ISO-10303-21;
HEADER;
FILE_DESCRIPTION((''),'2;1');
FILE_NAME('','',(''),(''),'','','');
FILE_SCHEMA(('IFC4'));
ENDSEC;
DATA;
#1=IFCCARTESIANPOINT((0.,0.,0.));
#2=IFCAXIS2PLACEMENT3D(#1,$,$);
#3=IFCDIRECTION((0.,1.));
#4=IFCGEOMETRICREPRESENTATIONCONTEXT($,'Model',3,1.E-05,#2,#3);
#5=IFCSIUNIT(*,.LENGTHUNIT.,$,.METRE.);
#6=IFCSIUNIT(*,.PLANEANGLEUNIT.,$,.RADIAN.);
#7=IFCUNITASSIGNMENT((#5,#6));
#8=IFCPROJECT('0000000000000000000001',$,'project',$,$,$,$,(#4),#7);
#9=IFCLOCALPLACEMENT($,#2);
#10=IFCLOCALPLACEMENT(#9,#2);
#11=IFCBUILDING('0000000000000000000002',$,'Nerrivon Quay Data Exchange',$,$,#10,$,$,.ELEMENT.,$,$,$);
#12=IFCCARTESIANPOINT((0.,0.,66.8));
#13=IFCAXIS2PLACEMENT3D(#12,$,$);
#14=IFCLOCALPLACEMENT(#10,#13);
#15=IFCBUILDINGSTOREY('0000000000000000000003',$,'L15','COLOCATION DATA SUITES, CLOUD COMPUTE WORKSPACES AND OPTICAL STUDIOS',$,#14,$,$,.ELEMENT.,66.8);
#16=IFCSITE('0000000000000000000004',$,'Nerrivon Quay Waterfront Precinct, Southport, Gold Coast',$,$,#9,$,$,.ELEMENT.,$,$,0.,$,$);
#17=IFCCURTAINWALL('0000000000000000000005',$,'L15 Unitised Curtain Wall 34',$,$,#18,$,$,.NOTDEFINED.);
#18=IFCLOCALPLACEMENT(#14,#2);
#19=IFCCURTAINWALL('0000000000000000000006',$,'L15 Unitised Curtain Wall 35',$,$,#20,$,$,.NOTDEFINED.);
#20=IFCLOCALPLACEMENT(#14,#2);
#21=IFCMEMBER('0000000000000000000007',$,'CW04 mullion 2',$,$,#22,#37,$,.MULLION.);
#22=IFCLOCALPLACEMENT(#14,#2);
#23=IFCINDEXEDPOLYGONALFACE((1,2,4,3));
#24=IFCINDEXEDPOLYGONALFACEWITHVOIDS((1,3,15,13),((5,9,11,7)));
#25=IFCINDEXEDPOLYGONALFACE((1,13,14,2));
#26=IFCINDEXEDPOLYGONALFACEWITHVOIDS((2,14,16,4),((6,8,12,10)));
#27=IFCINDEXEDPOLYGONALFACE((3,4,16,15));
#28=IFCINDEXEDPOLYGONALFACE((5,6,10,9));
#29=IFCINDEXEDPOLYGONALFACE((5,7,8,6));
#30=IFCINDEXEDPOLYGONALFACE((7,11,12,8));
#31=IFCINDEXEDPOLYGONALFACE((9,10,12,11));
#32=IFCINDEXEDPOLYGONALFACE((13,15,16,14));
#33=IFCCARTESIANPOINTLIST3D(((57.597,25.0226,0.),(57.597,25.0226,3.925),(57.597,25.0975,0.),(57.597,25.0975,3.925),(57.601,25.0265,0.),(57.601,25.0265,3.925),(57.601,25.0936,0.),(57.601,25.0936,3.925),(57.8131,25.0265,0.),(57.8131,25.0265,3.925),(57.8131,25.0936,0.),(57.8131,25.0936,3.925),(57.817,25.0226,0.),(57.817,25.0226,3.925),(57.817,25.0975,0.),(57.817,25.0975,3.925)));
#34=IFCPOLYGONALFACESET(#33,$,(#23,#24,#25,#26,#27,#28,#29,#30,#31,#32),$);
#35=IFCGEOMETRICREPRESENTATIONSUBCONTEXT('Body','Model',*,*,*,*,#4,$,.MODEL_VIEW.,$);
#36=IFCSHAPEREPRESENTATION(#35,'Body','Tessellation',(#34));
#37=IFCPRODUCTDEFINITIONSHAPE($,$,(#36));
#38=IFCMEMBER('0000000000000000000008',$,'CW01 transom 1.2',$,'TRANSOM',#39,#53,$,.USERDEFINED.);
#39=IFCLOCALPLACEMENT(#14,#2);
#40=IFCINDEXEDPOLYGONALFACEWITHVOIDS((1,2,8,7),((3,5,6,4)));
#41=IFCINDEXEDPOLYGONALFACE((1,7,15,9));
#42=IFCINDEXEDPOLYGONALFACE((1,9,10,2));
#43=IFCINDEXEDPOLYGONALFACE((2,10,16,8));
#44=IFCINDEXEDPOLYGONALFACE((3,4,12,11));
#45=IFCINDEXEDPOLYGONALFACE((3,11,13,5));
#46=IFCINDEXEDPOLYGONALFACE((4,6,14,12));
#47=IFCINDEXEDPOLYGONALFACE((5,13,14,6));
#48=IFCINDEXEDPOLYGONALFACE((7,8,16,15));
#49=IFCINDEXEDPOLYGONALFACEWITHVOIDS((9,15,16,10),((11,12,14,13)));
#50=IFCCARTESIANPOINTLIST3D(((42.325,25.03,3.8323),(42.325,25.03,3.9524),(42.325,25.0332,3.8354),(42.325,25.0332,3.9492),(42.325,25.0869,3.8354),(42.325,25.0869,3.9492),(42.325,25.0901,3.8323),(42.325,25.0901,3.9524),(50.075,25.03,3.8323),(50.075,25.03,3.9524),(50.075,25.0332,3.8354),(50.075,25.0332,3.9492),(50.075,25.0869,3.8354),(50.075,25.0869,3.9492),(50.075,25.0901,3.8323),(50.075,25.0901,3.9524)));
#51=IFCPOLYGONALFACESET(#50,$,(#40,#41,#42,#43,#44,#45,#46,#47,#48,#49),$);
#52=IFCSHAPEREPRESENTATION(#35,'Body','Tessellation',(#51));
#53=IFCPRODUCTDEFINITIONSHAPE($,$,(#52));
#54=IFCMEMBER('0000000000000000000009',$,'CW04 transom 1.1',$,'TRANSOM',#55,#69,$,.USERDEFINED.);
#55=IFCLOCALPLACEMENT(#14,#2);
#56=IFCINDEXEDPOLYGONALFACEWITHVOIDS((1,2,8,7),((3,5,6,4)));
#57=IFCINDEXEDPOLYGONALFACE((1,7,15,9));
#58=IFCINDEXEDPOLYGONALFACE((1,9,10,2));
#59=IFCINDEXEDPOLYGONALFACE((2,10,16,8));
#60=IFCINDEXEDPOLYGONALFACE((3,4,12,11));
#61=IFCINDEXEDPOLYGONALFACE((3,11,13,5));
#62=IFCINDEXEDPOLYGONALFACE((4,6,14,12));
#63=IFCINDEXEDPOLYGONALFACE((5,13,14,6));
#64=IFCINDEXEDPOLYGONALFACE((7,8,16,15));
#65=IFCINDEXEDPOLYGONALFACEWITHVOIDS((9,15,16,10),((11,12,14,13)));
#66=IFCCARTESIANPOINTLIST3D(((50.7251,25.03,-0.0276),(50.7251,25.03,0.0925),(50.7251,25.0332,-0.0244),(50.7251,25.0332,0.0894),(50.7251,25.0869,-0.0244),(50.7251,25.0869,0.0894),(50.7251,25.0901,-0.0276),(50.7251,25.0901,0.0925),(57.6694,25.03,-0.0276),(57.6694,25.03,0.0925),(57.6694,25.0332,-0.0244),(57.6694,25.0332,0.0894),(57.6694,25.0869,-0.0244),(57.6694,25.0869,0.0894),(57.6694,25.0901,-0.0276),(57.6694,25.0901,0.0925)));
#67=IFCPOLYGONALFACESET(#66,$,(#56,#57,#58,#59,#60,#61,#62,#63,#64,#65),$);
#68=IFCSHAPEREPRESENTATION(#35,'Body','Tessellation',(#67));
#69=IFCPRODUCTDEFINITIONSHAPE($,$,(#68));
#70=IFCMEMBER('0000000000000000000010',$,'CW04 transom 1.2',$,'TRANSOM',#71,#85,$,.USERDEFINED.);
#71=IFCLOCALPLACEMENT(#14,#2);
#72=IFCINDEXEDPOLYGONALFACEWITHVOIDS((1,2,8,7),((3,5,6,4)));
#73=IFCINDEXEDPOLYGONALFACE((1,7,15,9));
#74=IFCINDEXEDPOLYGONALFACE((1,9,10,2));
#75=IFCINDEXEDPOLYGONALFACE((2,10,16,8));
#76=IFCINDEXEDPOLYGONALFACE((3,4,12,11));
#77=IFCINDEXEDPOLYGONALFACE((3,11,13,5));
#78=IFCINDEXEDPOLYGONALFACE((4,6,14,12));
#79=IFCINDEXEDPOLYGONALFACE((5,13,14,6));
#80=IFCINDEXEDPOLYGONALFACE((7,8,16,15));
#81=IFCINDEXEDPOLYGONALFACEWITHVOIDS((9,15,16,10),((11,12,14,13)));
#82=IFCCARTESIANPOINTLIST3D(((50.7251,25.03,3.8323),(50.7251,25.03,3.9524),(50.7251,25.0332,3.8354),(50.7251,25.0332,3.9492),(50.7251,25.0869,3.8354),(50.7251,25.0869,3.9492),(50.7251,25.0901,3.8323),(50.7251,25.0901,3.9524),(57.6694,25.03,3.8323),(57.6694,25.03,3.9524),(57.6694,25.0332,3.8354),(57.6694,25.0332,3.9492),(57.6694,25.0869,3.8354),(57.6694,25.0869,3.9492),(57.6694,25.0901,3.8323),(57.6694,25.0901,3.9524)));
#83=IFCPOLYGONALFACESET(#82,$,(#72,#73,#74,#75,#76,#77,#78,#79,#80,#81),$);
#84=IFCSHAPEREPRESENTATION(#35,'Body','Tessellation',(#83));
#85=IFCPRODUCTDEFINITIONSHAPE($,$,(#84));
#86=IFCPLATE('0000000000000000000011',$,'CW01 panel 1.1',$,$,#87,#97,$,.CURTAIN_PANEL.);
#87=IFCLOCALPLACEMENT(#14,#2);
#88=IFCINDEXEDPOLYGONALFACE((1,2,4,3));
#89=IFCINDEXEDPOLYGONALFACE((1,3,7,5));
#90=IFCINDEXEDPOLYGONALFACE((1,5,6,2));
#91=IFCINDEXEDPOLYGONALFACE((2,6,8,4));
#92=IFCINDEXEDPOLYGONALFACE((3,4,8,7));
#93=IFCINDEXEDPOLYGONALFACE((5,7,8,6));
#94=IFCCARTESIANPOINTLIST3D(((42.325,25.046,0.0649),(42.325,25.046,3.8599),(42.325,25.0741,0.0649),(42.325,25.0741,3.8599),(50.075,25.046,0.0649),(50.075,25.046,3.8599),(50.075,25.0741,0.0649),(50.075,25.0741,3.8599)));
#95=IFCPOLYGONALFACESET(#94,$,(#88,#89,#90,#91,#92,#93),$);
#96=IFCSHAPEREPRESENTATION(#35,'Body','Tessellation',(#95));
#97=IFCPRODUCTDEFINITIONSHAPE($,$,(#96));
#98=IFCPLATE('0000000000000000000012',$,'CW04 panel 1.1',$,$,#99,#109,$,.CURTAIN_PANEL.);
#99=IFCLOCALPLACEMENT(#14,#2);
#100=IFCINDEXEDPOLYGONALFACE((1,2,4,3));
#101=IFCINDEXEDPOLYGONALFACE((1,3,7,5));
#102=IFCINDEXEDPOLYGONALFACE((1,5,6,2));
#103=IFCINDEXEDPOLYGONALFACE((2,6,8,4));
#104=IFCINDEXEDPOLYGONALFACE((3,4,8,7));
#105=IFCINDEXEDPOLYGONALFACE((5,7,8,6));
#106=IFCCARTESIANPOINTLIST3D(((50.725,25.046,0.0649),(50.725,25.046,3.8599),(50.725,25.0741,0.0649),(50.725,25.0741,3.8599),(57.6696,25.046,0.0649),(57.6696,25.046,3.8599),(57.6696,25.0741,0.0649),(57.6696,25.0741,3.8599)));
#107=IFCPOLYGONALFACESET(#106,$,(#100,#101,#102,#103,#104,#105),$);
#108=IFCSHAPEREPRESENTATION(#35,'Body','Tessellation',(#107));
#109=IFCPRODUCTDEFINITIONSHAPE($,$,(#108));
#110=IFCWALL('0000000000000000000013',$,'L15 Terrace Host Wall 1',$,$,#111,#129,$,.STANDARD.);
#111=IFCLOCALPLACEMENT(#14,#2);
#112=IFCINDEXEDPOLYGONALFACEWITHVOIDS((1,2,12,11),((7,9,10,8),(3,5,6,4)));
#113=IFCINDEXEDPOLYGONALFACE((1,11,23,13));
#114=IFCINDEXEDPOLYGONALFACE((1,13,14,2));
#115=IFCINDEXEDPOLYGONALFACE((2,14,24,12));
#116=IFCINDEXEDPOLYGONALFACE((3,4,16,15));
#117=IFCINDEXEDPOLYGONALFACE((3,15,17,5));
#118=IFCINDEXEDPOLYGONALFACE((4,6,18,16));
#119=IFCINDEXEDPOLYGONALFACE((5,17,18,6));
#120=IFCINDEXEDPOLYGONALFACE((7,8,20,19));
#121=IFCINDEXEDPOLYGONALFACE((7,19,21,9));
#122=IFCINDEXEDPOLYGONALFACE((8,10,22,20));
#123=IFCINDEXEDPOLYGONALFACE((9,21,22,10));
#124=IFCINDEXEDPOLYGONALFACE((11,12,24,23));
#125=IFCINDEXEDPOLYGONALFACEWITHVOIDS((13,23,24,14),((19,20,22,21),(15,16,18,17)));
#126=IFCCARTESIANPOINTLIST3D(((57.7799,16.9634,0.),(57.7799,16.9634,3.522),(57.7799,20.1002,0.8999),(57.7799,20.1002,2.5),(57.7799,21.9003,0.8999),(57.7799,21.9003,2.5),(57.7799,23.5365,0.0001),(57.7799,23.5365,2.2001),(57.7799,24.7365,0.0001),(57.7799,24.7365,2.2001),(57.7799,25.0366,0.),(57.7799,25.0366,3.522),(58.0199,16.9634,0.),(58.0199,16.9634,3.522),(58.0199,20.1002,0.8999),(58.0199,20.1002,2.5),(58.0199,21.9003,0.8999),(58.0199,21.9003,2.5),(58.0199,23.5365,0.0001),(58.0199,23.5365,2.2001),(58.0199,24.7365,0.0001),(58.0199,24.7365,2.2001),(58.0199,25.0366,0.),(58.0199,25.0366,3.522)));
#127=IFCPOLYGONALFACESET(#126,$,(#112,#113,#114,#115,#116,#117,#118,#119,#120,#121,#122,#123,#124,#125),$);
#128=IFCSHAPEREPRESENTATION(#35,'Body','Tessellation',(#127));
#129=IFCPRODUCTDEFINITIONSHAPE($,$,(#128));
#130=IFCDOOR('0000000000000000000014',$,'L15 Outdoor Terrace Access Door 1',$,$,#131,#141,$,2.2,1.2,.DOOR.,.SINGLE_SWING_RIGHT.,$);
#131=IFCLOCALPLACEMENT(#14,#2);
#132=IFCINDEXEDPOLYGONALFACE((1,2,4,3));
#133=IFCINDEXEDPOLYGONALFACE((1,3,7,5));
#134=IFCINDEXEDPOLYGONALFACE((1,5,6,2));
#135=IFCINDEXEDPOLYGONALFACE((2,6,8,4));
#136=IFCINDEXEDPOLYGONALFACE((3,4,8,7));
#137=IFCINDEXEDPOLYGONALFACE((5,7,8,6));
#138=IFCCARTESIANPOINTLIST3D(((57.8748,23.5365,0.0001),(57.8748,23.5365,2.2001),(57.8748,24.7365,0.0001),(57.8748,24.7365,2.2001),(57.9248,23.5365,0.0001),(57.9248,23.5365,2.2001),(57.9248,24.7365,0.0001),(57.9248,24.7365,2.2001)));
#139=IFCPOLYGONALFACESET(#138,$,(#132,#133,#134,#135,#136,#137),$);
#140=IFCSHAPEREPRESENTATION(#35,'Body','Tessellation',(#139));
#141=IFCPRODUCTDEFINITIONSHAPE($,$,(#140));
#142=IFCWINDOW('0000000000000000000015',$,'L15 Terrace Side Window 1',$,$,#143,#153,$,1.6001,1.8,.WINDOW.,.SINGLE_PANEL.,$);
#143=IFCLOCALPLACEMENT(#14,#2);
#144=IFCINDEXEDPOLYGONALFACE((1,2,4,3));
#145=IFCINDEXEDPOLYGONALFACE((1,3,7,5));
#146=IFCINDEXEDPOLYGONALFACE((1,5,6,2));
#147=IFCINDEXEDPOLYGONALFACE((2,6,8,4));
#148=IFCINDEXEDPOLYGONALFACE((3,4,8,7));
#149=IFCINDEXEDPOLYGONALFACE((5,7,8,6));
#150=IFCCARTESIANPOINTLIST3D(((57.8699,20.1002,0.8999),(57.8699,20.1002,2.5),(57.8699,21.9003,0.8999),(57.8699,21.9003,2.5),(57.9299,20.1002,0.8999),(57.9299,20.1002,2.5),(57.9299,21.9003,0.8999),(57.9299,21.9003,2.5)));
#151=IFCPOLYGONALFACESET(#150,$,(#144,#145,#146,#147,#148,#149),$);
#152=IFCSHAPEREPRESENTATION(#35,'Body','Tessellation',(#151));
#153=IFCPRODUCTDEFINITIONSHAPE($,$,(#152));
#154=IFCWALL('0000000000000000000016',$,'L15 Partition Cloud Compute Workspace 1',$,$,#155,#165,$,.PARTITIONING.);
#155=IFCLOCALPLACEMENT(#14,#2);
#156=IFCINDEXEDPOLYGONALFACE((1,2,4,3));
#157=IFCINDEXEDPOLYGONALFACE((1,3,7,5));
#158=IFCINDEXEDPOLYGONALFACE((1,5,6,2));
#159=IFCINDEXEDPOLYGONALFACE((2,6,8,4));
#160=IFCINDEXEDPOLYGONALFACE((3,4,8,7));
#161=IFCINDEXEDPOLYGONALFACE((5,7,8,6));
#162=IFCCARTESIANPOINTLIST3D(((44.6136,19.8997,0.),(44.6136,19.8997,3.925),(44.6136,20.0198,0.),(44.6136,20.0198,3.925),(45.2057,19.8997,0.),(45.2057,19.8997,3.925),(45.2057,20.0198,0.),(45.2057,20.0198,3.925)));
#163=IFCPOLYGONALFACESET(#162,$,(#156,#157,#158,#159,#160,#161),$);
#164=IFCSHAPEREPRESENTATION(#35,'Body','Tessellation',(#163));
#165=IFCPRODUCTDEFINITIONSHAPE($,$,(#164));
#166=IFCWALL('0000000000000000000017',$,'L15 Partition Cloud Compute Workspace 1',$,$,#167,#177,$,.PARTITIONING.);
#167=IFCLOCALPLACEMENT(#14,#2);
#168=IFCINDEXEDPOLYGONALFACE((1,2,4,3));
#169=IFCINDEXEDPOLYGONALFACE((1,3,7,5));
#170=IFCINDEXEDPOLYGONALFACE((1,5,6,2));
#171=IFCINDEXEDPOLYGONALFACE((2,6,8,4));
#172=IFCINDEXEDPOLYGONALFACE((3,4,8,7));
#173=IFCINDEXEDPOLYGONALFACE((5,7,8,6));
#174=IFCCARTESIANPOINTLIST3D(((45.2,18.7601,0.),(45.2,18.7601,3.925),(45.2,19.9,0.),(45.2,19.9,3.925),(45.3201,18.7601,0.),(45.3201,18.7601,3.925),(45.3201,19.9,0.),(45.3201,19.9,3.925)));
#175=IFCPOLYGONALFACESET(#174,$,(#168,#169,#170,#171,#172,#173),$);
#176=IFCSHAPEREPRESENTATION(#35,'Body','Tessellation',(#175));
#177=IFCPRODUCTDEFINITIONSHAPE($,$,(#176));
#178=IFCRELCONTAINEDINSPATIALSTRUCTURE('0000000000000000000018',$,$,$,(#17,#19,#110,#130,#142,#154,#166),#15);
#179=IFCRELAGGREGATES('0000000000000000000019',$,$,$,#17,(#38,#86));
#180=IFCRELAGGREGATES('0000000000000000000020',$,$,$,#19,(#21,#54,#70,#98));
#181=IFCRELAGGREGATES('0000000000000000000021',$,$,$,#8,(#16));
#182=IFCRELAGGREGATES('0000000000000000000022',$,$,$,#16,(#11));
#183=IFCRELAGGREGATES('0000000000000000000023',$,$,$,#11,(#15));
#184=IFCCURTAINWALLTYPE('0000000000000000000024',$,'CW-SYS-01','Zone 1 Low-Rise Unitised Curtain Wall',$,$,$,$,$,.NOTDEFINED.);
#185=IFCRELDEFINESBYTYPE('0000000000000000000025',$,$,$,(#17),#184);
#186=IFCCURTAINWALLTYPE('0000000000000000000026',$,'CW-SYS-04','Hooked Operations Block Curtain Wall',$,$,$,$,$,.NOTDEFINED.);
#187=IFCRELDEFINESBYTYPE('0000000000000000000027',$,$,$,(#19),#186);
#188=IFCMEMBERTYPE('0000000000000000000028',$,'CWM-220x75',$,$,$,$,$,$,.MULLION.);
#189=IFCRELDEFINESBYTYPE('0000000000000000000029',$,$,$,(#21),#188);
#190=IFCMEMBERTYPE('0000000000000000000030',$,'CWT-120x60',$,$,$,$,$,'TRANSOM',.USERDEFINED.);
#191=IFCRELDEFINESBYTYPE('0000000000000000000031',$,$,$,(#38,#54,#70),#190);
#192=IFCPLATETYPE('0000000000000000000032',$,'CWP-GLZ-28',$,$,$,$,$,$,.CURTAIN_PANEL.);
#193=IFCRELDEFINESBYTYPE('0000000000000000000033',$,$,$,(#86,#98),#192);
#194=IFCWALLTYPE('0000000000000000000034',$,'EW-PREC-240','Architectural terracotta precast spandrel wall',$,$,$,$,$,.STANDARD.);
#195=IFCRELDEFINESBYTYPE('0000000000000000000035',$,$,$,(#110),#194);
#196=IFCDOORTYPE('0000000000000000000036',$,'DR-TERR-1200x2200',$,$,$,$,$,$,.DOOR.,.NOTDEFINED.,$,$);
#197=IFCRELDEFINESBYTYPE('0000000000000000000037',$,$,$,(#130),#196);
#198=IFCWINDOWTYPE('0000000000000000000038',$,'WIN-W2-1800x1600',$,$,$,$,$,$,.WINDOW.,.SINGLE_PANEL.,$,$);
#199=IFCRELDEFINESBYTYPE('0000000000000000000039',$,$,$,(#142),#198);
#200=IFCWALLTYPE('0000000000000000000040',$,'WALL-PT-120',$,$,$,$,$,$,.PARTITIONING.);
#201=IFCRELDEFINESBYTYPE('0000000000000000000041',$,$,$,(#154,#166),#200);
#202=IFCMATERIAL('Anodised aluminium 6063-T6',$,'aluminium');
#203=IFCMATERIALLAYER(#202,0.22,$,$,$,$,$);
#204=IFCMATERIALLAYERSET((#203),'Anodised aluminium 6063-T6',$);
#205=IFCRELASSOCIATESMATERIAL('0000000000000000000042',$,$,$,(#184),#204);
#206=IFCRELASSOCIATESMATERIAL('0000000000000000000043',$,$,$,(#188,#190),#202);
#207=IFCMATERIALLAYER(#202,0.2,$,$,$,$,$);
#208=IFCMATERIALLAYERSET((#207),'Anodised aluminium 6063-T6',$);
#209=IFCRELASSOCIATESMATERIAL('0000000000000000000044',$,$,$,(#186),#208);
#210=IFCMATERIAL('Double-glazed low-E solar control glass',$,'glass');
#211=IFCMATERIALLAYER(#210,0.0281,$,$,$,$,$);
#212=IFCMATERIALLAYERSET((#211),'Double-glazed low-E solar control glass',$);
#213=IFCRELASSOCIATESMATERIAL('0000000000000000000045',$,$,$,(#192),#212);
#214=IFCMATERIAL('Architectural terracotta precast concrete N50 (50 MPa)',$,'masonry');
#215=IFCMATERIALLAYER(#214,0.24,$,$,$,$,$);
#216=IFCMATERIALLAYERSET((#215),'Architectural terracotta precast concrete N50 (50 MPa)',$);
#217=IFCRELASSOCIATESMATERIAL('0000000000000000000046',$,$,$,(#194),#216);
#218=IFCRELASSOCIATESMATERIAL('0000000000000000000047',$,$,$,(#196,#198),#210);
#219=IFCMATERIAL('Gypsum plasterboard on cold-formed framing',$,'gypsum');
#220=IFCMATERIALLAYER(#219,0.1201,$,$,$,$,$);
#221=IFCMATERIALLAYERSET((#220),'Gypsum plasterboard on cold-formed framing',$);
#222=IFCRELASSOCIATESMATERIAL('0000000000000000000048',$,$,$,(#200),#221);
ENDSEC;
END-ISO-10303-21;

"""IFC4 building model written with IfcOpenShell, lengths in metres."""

from ifc_helpers import new_model, si_unit, direction, frame, frame_2d, origin, origin_2d, place, context, subcontext, project, spatial, rectangle, hollow_rectangle, extrude, material, layer, layer_set, material_profile, profile_set, type_object, element, fill, aggregate, save


model = new_model("IFC4")

# Units and contexts
model_context = context("Model", 3, precision=1e-05, world=origin(), true_north=direction((0.0, 1.0)))
body_context = subcontext(model_context, "Body", "Model", "MODEL_VIEW")
ifc_project = project(units=[si_unit("LENGTHUNIT", "METRE"), si_unit("PLANEANGLEUNIT", "RADIAN")], contexts=[model_context])

# Site, building, storey
site_placement = place(None, origin())
site = spatial("IfcSite", under=ifc_project, at=site_placement, Name="Nerrivon Quay Waterfront Precinct, Southport, Gold Coast", CompositionType="ELEMENT", RefElevation=0.0)
building_placement = place(site_placement, origin())
building = spatial("IfcBuilding", under=site, at=building_placement, Name="Nerrivon Quay Data Exchange", CompositionType="ELEMENT")
storey_placement = place(building_placement, frame((0.0, 0.0, 66.8)))
storey = spatial("IfcBuildingStorey", under=building, at=storey_placement, Name="L15", Description="COLOCATION DATA SUITES, CLOUD COMPUTE WORKSPACES AND OPTICAL STUDIOS", CompositionType="ELEMENT", Elevation=66.8)

# Curtain wall
ifc_material_1 = material(Name="Anodised aluminium 6063-T6", Category="aluminium")
ifc_layer_1 = layer(ifc_material_1, 0.22)
ifc_layer_set_1 = layer_set([ifc_layer_1], Name="Anodised aluminium 6063-T6")
curtain_wall_type_1 = type_object("IfcCurtainWallType", Name="CW-SYS-01", Description="Zone 1 Low-Rise Unitised Curtain Wall", PredefinedType="NOTDEFINED", material=ifc_layer_set_1)
curtain_wall_1_placement = place(storey_placement, origin())
curtain_wall_1 = element("IfcCurtainWall", 1, at=curtain_wall_1_placement, inside=storey, type_object=curtain_wall_type_1, Name="L15 Unitised Curtain Wall 34", PredefinedType="NOTDEFINED")
ifc_material_profile_1 = material_profile(ifc_material_1, hollow_rectangle(XDim=0.075, YDim=0.22, WallThickness=0.0039, at=origin_2d()), Name="ALU-MULL-220x75")
ifc_profile_set_1 = profile_set([ifc_material_profile_1], Name="Anodised aluminium 6063-T6")
member_type_1 = type_object("IfcMemberType", Name="CWM-220x75", PredefinedType="MULLION", material=ifc_profile_set_1)

# Curtain wall, member
ifc_layer_2 = layer(ifc_material_1, 0.2)
ifc_layer_set_2 = layer_set([ifc_layer_2], Name="Anodised aluminium 6063-T6")
curtain_wall_type_2 = type_object("IfcCurtainWallType", Name="CW-SYS-04", Description="Hooked Operations Block Curtain Wall", PredefinedType="NOTDEFINED", material=ifc_layer_set_2)
curtain_wall_2_placement = place(storey_placement, origin())
curtain_wall_2 = element("IfcCurtainWall", 2, at=curtain_wall_2_placement, inside=storey, type_object=curtain_wall_type_2, Name="L15 Unitised Curtain Wall 35", PredefinedType="NOTDEFINED")
member_1_placement = place(storey_placement, frame((57.707, 25.0601, 0.0), z_axis=(0.0, 0.0, 1.0), x_axis=(0.0, 1.0, 0.0)))
member_1 = element("IfcMember", 3, at=member_1_placement, type_object=member_type_1, Name="CW04 mullion 2", PredefinedType="MULLION", context=body_context, shape_type="SweptSolid", body=[
    extrude(hollow_rectangle(XDim=0.075, YDim=0.22, WallThickness=0.0039, at=origin_2d()), origin(), (0.0, 0.0, 1.0), 3.925),
])

# Members
ifc_material_profile_2 = material_profile(ifc_material_1, hollow_rectangle(XDim=0.0601, YDim=0.1201, WallThickness=0.0032, at=origin_2d()), Name="ALU-TRAN-120x60")
ifc_profile_set_2 = profile_set([ifc_material_profile_2], Name="Anodised aluminium 6063-T6")
member_type_2 = type_object("IfcMemberType", Name="CWT-120x60", ElementType="TRANSOM", PredefinedType="USERDEFINED", material=ifc_profile_set_2)
member_2_placement = place(storey_placement, frame((42.325, 25.0601, 3.8923), z_axis=(1.0, 0.0, 0.0), x_axis=(0.0, 1.0, 0.0)))
member_2 = element("IfcMember", 4, at=member_2_placement, type_object=member_type_2, Name="CW01 transom 1.2", ObjectType="TRANSOM", PredefinedType="USERDEFINED", context=body_context, shape_type="SweptSolid", body=[
    extrude(hollow_rectangle(XDim=0.0601, YDim=0.1201, WallThickness=0.0032, at=origin_2d()), origin(), (0.0, 0.0, 1.0), 7.75),
])
member_3_placement = place(storey_placement, frame((50.7251, 25.0601, 0.0325), z_axis=(1.0, 0.0, 0.0), x_axis=(0.0, 1.0, 0.0)))
member_3 = element("IfcMember", 5, at=member_3_placement, type_object=member_type_2, Name="CW04 transom 1.1", ObjectType="TRANSOM", PredefinedType="USERDEFINED", context=body_context, shape_type="SweptSolid", body=[
    extrude(hollow_rectangle(XDim=0.0601, YDim=0.1201, WallThickness=0.0032, at=origin_2d()), origin(), (0.0, 0.0, 1.0), 6.9443),
])
member_4_placement = place(storey_placement, frame((50.7251, 25.0601, 3.8923), z_axis=(1.0, 0.0, 0.0), x_axis=(0.0, 1.0, 0.0)))
member_4 = element("IfcMember", 6, at=member_4_placement, type_object=member_type_2, Name="CW04 transom 1.2", ObjectType="TRANSOM", PredefinedType="USERDEFINED", context=body_context, shape_type="SweptSolid", body=[
    extrude(hollow_rectangle(XDim=0.0601, YDim=0.1201, WallThickness=0.0032, at=origin_2d()), origin(), (0.0, 0.0, 1.0), 6.9443),
])

# Plates
ifc_material_2 = material(Name="Double-glazed low-E solar control glass", Category="glass")
ifc_layer_3 = layer(ifc_material_2, 0.0281)
ifc_layer_set_3 = layer_set([ifc_layer_3], Name="Double-glazed low-E solar control glass")
plate_type = type_object("IfcPlateType", Name="CWP-GLZ-28", PredefinedType="CURTAIN_PANEL", material=ifc_layer_set_3)
plate_1_placement = place(storey_placement, frame((46.2, 25.0601, 0.0649), z_axis=(0.0, 0.0, 1.0), x_axis=(1.0, 0.0, 0.0)))
plate_1 = element("IfcPlate", 7, at=plate_1_placement, type_object=plate_type, Name="CW01 panel 1.1", PredefinedType="CURTAIN_PANEL", context=body_context, shape_type="SweptSolid", body=[
    extrude(rectangle(XDim=7.75, YDim=0.0281, at=origin_2d()), origin(), (0.0, 0.0, 1.0), 3.7949),
])
aggregate(curtain_wall_1, [member_2, plate_1])
plate_2_placement = place(storey_placement, frame((54.1973, 25.0601, 0.0649), z_axis=(0.0, 0.0, 1.0), x_axis=(1.0, 0.0, 0.0)))
plate_2 = element("IfcPlate", 8, at=plate_2_placement, type_object=plate_type, Name="CW04 panel 1.1", PredefinedType="CURTAIN_PANEL", context=body_context, shape_type="SweptSolid", body=[
    extrude(rectangle(XDim=6.9446, YDim=0.0281, at=origin_2d()), origin(), (0.0, 0.0, 1.0), 3.7949),
])
aggregate(curtain_wall_2, [member_1, member_3, member_4, plate_2])

# Wall, openings, door, window
ifc_material_3 = material(Name="Architectural terracotta precast concrete N50 (50 MPa)", Category="masonry")
ifc_layer_4 = layer(ifc_material_3, 0.24)
ifc_layer_set_4 = layer_set([ifc_layer_4], Name="Architectural terracotta precast concrete N50 (50 MPa)")
wall_type_1 = type_object("IfcWallType", Name="EW-PREC-240", Description="Architectural terracotta precast spandrel wall", PredefinedType="STANDARD", material=ifc_layer_set_4)
wall_1_placement = place(storey_placement, frame((57.8999, 25.0366, 0.0), z_axis=(0.0, 0.0, 1.0), x_axis=(0.0, -1.0, 0.0)))
wall_1 = element("IfcWall", 9, at=wall_1_placement, inside=storey, type_object=wall_type_1, Name="L15 Terrace Host Wall 1", PredefinedType="STANDARD", context=body_context, shape_type="SweptSolid", body=[
    extrude(rectangle(XDim=8.0732, YDim=0.24, at=frame_2d((4.0366, 0.0))), origin(), (0.0, 0.0, 1.0), 3.522),
])
opening_1_placement = place(wall_1_placement, frame((0.3, 0.0, 0.0)))
opening_1 = element("IfcOpeningElement", 10, at=opening_1_placement, cuts=wall_1, PredefinedType="OPENING", context=body_context, shape_type="SweptSolid", body=[
    extrude(rectangle(XDim=1.2, YDim=2.2, at=frame_2d((0.6001, 1.1001))), frame((0.0, 0.1299, 0.0), z_axis=(0.0, -1.0, 0.0), x_axis=(1.0, 0.0, 0.0)), (0.0, 0.0, 1.0), 0.26),
])
opening_2_placement = place(wall_1_placement, frame((3.1365, 0.0, 0.8999)))
opening_2 = element("IfcOpeningElement", 11, at=opening_2_placement, cuts=wall_1, PredefinedType="OPENING", context=body_context, shape_type="SweptSolid", body=[
    extrude(rectangle(XDim=1.8, YDim=1.6001, at=frame_2d((0.8999, 0.8))), frame((0.0, 0.1299, 0.0), z_axis=(0.0, -1.0, 0.0), x_axis=(1.0, 0.0, 0.0)), (0.0, 0.0, 1.0), 0.26),
])
door_type = type_object("IfcDoorType", Name="DR-TERR-1200x2200", OperationType="NOTDEFINED", PredefinedType="DOOR", material=ifc_material_2)
door_placement = place(opening_1_placement, origin())
door = element("IfcDoor", 12, at=door_placement, inside=storey, type_object=door_type, Name="L15 Outdoor Terrace Access Door 1", OperationType="SINGLE_SWING_RIGHT", OverallHeight=2.2, OverallWidth=1.2, PredefinedType="DOOR", context=body_context, shape_type="SweptSolid", body=[
    extrude(rectangle(XDim=1.2, YDim=2.2, at=frame_2d((0.6001, 1.1001))), frame((0.0, 0.0249, 0.0), z_axis=(0.0, -1.0, 0.0), x_axis=(1.0, 0.0, 0.0)), (0.0, 0.0, 1.0), 0.05),
])
fill(opening_1, door)
window_type = type_object("IfcWindowType", Name="WIN-W2-1800x1600", PartitioningType="SINGLE_PANEL", PredefinedType="WINDOW", material=ifc_material_2)
window_placement = place(opening_2_placement, origin())
window = element("IfcWindow", 13, at=window_placement, inside=storey, type_object=window_type, Name="L15 Terrace Side Window 1", OverallHeight=1.6001, OverallWidth=1.8, PartitioningType="SINGLE_PANEL", PredefinedType="WINDOW", context=body_context, shape_type="SweptSolid", body=[
    extrude(rectangle(XDim=1.8, YDim=1.6001, at=frame_2d((0.8999, 0.8))), frame((0.0, 0.03, 0.0), z_axis=(0.0, -1.0, 0.0), x_axis=(1.0, 0.0, 0.0)), (0.0, 0.0, 1.0), 0.0601),
])
fill(opening_2, window)

# Walls
ifc_material_4 = material(Name="Gypsum plasterboard on cold-formed framing", Category="gypsum")
ifc_layer_5 = layer(ifc_material_4, 0.1201)
ifc_layer_set_5 = layer_set([ifc_layer_5], Name="Gypsum plasterboard on cold-formed framing")
wall_type_2 = type_object("IfcWallType", Name="WALL-PT-120", PredefinedType="PARTITIONING", material=ifc_layer_set_5)
wall_2_placement = place(storey_placement, frame((44.6138, 19.9597, 0.0), z_axis=(0.0, 0.0, 1.0), x_axis=(1.0, 0.0, 0.0)))
element("IfcWall", 14, at=wall_2_placement, inside=storey, type_object=wall_type_2, Name="L15 Partition Cloud Compute Workspace 1", PredefinedType="PARTITIONING", context=body_context, shape_type="SweptSolid", body=[
    extrude(rectangle(XDim=0.592, YDim=0.1201, at=frame_2d((0.2959, 0.0))), origin(), (0.0, 0.0, 1.0), 3.925),
])
wall_3_placement = place(storey_placement, frame((45.26, 19.8999, 0.0), z_axis=(0.0, 0.0, 1.0), x_axis=(0.0, -1.0, 0.0)))
element("IfcWall", 15, at=wall_3_placement, inside=storey, type_object=wall_type_2, Name="L15 Partition Cloud Compute Workspace 1", PredefinedType="PARTITIONING", context=body_context, shape_type="SweptSolid", body=[
    extrude(rectangle(XDim=1.1399, YDim=0.1201, at=frame_2d((0.5698, 0.0))), origin(), (0.0, 0.0, 1.0), 3.925),
])

save(model, "model.ifc")
